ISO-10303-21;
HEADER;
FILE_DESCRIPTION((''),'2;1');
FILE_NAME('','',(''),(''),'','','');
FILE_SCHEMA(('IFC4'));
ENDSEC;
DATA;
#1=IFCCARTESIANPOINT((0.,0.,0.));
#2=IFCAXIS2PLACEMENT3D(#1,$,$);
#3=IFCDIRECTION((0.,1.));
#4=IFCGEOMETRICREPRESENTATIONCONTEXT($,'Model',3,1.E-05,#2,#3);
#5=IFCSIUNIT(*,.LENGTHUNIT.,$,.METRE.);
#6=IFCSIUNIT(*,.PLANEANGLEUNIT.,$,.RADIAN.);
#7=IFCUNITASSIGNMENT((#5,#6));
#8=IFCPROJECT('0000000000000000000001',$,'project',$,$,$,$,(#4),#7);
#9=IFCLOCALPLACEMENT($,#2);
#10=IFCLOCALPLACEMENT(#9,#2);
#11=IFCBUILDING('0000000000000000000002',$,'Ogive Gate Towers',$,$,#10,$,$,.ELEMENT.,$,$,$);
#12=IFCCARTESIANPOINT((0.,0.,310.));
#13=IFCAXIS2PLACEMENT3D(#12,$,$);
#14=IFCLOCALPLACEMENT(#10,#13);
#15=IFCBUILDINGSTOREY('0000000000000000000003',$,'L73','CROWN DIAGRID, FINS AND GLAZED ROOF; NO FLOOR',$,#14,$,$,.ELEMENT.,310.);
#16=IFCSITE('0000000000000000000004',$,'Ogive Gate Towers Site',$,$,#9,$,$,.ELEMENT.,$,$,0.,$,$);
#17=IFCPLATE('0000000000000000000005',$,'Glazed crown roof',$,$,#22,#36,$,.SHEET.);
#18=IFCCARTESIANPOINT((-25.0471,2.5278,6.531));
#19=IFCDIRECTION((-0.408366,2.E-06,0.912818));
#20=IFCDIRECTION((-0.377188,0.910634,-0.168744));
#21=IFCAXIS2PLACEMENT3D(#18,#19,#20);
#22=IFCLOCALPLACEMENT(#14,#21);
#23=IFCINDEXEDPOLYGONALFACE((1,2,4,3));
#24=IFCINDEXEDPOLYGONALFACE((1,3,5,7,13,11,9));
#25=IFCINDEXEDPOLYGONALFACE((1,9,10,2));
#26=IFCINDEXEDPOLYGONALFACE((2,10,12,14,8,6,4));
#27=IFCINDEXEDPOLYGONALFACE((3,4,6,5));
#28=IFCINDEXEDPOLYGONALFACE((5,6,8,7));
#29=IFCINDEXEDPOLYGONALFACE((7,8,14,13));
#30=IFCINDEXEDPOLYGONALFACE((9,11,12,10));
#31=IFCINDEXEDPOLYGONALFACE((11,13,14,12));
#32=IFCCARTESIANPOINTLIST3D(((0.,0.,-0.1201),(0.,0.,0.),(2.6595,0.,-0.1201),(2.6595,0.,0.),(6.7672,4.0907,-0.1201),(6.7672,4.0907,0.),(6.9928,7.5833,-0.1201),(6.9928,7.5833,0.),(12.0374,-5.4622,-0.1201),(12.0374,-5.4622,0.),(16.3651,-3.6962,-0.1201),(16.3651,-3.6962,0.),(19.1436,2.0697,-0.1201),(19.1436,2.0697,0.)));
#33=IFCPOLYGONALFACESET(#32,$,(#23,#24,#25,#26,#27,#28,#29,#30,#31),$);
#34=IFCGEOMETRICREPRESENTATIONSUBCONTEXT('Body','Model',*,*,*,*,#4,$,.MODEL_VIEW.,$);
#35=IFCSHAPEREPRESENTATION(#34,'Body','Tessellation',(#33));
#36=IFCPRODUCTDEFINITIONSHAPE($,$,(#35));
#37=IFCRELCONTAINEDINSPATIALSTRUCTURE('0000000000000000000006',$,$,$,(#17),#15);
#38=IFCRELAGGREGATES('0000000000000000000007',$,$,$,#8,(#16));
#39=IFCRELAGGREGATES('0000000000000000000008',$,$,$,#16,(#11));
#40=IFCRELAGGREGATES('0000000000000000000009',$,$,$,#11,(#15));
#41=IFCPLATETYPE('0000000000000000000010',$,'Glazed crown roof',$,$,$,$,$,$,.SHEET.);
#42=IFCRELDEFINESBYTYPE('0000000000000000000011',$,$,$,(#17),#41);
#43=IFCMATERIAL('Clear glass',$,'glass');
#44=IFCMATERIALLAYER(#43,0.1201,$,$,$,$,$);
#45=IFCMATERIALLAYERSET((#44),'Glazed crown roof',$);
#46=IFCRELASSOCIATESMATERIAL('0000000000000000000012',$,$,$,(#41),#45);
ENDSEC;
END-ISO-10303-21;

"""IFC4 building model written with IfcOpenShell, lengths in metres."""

from ifc_helpers import new_model, si_unit, direction, frame, origin, place, context, subcontext, project, spatial, polyline, outline, extrude, material, layer, layer_set, type_object, element, save


model = new_model("IFC4")

# Units and contexts
model_context = context("Model", 3, precision=1e-05, world=origin(), true_north=direction((0.0, 1.0)))
body_context = subcontext(model_context, "Body", "Model", "MODEL_VIEW")
ifc_project = project(units=[si_unit("LENGTHUNIT", "METRE"), si_unit("PLANEANGLEUNIT", "RADIAN")], contexts=[model_context])

# Site, building, storey
site_placement = place(None, origin())
site = spatial("IfcSite", under=ifc_project, at=site_placement, Name="Ogive Gate Towers Site", CompositionType="ELEMENT", RefElevation=0.0)
building_placement = place(site_placement, origin())
building = spatial("IfcBuilding", under=site, at=building_placement, Name="Ogive Gate Towers", CompositionType="ELEMENT")
storey_placement = place(building_placement, frame((0.0, 0.0, 310.0)))
storey = spatial("IfcBuildingStorey", under=building, at=storey_placement, Name="L73", Description="CROWN DIAGRID, FINS AND GLAZED ROOF; NO FLOOR", CompositionType="ELEMENT", Elevation=310.0)

# Plate
ifc_material_1 = material(Name="Clear glass", Category="glass")
ifc_layer_1 = layer(ifc_material_1, 0.1201)
ifc_layer_set_1 = layer_set([ifc_layer_1], Name="Glazed crown roof")
plate_type_1 = type_object("IfcPlateType", Name="Glazed crown roof", PredefinedType="SHEET", material=ifc_layer_set_1)
plate_1_placement = place(storey_placement, frame((-25.0471, 2.5278, 6.531), z_axis=(-0.408366, 0.000002, 0.912818), x_axis=(-0.377188, 0.910634, -0.168744)))
element("IfcPlate", 1, at=plate_1_placement, inside=storey, type_object=plate_type_1, Name="Glazed crown roof", PredefinedType="SHEET", context=body_context, shape_type="SweptSolid", body=[
    extrude(outline(polyline([(0.0, 0.0), (2.6595, 0.0), (6.7672, 4.0907), (6.9928, 7.5833), (19.1436, 2.0697), (16.3651, -3.6962), (12.0374, -5.4622), (0.0, 0.0)])), origin(), (0.0, 0.0, -1.0), 0.1201),
])

save(model, "model.ifc")
